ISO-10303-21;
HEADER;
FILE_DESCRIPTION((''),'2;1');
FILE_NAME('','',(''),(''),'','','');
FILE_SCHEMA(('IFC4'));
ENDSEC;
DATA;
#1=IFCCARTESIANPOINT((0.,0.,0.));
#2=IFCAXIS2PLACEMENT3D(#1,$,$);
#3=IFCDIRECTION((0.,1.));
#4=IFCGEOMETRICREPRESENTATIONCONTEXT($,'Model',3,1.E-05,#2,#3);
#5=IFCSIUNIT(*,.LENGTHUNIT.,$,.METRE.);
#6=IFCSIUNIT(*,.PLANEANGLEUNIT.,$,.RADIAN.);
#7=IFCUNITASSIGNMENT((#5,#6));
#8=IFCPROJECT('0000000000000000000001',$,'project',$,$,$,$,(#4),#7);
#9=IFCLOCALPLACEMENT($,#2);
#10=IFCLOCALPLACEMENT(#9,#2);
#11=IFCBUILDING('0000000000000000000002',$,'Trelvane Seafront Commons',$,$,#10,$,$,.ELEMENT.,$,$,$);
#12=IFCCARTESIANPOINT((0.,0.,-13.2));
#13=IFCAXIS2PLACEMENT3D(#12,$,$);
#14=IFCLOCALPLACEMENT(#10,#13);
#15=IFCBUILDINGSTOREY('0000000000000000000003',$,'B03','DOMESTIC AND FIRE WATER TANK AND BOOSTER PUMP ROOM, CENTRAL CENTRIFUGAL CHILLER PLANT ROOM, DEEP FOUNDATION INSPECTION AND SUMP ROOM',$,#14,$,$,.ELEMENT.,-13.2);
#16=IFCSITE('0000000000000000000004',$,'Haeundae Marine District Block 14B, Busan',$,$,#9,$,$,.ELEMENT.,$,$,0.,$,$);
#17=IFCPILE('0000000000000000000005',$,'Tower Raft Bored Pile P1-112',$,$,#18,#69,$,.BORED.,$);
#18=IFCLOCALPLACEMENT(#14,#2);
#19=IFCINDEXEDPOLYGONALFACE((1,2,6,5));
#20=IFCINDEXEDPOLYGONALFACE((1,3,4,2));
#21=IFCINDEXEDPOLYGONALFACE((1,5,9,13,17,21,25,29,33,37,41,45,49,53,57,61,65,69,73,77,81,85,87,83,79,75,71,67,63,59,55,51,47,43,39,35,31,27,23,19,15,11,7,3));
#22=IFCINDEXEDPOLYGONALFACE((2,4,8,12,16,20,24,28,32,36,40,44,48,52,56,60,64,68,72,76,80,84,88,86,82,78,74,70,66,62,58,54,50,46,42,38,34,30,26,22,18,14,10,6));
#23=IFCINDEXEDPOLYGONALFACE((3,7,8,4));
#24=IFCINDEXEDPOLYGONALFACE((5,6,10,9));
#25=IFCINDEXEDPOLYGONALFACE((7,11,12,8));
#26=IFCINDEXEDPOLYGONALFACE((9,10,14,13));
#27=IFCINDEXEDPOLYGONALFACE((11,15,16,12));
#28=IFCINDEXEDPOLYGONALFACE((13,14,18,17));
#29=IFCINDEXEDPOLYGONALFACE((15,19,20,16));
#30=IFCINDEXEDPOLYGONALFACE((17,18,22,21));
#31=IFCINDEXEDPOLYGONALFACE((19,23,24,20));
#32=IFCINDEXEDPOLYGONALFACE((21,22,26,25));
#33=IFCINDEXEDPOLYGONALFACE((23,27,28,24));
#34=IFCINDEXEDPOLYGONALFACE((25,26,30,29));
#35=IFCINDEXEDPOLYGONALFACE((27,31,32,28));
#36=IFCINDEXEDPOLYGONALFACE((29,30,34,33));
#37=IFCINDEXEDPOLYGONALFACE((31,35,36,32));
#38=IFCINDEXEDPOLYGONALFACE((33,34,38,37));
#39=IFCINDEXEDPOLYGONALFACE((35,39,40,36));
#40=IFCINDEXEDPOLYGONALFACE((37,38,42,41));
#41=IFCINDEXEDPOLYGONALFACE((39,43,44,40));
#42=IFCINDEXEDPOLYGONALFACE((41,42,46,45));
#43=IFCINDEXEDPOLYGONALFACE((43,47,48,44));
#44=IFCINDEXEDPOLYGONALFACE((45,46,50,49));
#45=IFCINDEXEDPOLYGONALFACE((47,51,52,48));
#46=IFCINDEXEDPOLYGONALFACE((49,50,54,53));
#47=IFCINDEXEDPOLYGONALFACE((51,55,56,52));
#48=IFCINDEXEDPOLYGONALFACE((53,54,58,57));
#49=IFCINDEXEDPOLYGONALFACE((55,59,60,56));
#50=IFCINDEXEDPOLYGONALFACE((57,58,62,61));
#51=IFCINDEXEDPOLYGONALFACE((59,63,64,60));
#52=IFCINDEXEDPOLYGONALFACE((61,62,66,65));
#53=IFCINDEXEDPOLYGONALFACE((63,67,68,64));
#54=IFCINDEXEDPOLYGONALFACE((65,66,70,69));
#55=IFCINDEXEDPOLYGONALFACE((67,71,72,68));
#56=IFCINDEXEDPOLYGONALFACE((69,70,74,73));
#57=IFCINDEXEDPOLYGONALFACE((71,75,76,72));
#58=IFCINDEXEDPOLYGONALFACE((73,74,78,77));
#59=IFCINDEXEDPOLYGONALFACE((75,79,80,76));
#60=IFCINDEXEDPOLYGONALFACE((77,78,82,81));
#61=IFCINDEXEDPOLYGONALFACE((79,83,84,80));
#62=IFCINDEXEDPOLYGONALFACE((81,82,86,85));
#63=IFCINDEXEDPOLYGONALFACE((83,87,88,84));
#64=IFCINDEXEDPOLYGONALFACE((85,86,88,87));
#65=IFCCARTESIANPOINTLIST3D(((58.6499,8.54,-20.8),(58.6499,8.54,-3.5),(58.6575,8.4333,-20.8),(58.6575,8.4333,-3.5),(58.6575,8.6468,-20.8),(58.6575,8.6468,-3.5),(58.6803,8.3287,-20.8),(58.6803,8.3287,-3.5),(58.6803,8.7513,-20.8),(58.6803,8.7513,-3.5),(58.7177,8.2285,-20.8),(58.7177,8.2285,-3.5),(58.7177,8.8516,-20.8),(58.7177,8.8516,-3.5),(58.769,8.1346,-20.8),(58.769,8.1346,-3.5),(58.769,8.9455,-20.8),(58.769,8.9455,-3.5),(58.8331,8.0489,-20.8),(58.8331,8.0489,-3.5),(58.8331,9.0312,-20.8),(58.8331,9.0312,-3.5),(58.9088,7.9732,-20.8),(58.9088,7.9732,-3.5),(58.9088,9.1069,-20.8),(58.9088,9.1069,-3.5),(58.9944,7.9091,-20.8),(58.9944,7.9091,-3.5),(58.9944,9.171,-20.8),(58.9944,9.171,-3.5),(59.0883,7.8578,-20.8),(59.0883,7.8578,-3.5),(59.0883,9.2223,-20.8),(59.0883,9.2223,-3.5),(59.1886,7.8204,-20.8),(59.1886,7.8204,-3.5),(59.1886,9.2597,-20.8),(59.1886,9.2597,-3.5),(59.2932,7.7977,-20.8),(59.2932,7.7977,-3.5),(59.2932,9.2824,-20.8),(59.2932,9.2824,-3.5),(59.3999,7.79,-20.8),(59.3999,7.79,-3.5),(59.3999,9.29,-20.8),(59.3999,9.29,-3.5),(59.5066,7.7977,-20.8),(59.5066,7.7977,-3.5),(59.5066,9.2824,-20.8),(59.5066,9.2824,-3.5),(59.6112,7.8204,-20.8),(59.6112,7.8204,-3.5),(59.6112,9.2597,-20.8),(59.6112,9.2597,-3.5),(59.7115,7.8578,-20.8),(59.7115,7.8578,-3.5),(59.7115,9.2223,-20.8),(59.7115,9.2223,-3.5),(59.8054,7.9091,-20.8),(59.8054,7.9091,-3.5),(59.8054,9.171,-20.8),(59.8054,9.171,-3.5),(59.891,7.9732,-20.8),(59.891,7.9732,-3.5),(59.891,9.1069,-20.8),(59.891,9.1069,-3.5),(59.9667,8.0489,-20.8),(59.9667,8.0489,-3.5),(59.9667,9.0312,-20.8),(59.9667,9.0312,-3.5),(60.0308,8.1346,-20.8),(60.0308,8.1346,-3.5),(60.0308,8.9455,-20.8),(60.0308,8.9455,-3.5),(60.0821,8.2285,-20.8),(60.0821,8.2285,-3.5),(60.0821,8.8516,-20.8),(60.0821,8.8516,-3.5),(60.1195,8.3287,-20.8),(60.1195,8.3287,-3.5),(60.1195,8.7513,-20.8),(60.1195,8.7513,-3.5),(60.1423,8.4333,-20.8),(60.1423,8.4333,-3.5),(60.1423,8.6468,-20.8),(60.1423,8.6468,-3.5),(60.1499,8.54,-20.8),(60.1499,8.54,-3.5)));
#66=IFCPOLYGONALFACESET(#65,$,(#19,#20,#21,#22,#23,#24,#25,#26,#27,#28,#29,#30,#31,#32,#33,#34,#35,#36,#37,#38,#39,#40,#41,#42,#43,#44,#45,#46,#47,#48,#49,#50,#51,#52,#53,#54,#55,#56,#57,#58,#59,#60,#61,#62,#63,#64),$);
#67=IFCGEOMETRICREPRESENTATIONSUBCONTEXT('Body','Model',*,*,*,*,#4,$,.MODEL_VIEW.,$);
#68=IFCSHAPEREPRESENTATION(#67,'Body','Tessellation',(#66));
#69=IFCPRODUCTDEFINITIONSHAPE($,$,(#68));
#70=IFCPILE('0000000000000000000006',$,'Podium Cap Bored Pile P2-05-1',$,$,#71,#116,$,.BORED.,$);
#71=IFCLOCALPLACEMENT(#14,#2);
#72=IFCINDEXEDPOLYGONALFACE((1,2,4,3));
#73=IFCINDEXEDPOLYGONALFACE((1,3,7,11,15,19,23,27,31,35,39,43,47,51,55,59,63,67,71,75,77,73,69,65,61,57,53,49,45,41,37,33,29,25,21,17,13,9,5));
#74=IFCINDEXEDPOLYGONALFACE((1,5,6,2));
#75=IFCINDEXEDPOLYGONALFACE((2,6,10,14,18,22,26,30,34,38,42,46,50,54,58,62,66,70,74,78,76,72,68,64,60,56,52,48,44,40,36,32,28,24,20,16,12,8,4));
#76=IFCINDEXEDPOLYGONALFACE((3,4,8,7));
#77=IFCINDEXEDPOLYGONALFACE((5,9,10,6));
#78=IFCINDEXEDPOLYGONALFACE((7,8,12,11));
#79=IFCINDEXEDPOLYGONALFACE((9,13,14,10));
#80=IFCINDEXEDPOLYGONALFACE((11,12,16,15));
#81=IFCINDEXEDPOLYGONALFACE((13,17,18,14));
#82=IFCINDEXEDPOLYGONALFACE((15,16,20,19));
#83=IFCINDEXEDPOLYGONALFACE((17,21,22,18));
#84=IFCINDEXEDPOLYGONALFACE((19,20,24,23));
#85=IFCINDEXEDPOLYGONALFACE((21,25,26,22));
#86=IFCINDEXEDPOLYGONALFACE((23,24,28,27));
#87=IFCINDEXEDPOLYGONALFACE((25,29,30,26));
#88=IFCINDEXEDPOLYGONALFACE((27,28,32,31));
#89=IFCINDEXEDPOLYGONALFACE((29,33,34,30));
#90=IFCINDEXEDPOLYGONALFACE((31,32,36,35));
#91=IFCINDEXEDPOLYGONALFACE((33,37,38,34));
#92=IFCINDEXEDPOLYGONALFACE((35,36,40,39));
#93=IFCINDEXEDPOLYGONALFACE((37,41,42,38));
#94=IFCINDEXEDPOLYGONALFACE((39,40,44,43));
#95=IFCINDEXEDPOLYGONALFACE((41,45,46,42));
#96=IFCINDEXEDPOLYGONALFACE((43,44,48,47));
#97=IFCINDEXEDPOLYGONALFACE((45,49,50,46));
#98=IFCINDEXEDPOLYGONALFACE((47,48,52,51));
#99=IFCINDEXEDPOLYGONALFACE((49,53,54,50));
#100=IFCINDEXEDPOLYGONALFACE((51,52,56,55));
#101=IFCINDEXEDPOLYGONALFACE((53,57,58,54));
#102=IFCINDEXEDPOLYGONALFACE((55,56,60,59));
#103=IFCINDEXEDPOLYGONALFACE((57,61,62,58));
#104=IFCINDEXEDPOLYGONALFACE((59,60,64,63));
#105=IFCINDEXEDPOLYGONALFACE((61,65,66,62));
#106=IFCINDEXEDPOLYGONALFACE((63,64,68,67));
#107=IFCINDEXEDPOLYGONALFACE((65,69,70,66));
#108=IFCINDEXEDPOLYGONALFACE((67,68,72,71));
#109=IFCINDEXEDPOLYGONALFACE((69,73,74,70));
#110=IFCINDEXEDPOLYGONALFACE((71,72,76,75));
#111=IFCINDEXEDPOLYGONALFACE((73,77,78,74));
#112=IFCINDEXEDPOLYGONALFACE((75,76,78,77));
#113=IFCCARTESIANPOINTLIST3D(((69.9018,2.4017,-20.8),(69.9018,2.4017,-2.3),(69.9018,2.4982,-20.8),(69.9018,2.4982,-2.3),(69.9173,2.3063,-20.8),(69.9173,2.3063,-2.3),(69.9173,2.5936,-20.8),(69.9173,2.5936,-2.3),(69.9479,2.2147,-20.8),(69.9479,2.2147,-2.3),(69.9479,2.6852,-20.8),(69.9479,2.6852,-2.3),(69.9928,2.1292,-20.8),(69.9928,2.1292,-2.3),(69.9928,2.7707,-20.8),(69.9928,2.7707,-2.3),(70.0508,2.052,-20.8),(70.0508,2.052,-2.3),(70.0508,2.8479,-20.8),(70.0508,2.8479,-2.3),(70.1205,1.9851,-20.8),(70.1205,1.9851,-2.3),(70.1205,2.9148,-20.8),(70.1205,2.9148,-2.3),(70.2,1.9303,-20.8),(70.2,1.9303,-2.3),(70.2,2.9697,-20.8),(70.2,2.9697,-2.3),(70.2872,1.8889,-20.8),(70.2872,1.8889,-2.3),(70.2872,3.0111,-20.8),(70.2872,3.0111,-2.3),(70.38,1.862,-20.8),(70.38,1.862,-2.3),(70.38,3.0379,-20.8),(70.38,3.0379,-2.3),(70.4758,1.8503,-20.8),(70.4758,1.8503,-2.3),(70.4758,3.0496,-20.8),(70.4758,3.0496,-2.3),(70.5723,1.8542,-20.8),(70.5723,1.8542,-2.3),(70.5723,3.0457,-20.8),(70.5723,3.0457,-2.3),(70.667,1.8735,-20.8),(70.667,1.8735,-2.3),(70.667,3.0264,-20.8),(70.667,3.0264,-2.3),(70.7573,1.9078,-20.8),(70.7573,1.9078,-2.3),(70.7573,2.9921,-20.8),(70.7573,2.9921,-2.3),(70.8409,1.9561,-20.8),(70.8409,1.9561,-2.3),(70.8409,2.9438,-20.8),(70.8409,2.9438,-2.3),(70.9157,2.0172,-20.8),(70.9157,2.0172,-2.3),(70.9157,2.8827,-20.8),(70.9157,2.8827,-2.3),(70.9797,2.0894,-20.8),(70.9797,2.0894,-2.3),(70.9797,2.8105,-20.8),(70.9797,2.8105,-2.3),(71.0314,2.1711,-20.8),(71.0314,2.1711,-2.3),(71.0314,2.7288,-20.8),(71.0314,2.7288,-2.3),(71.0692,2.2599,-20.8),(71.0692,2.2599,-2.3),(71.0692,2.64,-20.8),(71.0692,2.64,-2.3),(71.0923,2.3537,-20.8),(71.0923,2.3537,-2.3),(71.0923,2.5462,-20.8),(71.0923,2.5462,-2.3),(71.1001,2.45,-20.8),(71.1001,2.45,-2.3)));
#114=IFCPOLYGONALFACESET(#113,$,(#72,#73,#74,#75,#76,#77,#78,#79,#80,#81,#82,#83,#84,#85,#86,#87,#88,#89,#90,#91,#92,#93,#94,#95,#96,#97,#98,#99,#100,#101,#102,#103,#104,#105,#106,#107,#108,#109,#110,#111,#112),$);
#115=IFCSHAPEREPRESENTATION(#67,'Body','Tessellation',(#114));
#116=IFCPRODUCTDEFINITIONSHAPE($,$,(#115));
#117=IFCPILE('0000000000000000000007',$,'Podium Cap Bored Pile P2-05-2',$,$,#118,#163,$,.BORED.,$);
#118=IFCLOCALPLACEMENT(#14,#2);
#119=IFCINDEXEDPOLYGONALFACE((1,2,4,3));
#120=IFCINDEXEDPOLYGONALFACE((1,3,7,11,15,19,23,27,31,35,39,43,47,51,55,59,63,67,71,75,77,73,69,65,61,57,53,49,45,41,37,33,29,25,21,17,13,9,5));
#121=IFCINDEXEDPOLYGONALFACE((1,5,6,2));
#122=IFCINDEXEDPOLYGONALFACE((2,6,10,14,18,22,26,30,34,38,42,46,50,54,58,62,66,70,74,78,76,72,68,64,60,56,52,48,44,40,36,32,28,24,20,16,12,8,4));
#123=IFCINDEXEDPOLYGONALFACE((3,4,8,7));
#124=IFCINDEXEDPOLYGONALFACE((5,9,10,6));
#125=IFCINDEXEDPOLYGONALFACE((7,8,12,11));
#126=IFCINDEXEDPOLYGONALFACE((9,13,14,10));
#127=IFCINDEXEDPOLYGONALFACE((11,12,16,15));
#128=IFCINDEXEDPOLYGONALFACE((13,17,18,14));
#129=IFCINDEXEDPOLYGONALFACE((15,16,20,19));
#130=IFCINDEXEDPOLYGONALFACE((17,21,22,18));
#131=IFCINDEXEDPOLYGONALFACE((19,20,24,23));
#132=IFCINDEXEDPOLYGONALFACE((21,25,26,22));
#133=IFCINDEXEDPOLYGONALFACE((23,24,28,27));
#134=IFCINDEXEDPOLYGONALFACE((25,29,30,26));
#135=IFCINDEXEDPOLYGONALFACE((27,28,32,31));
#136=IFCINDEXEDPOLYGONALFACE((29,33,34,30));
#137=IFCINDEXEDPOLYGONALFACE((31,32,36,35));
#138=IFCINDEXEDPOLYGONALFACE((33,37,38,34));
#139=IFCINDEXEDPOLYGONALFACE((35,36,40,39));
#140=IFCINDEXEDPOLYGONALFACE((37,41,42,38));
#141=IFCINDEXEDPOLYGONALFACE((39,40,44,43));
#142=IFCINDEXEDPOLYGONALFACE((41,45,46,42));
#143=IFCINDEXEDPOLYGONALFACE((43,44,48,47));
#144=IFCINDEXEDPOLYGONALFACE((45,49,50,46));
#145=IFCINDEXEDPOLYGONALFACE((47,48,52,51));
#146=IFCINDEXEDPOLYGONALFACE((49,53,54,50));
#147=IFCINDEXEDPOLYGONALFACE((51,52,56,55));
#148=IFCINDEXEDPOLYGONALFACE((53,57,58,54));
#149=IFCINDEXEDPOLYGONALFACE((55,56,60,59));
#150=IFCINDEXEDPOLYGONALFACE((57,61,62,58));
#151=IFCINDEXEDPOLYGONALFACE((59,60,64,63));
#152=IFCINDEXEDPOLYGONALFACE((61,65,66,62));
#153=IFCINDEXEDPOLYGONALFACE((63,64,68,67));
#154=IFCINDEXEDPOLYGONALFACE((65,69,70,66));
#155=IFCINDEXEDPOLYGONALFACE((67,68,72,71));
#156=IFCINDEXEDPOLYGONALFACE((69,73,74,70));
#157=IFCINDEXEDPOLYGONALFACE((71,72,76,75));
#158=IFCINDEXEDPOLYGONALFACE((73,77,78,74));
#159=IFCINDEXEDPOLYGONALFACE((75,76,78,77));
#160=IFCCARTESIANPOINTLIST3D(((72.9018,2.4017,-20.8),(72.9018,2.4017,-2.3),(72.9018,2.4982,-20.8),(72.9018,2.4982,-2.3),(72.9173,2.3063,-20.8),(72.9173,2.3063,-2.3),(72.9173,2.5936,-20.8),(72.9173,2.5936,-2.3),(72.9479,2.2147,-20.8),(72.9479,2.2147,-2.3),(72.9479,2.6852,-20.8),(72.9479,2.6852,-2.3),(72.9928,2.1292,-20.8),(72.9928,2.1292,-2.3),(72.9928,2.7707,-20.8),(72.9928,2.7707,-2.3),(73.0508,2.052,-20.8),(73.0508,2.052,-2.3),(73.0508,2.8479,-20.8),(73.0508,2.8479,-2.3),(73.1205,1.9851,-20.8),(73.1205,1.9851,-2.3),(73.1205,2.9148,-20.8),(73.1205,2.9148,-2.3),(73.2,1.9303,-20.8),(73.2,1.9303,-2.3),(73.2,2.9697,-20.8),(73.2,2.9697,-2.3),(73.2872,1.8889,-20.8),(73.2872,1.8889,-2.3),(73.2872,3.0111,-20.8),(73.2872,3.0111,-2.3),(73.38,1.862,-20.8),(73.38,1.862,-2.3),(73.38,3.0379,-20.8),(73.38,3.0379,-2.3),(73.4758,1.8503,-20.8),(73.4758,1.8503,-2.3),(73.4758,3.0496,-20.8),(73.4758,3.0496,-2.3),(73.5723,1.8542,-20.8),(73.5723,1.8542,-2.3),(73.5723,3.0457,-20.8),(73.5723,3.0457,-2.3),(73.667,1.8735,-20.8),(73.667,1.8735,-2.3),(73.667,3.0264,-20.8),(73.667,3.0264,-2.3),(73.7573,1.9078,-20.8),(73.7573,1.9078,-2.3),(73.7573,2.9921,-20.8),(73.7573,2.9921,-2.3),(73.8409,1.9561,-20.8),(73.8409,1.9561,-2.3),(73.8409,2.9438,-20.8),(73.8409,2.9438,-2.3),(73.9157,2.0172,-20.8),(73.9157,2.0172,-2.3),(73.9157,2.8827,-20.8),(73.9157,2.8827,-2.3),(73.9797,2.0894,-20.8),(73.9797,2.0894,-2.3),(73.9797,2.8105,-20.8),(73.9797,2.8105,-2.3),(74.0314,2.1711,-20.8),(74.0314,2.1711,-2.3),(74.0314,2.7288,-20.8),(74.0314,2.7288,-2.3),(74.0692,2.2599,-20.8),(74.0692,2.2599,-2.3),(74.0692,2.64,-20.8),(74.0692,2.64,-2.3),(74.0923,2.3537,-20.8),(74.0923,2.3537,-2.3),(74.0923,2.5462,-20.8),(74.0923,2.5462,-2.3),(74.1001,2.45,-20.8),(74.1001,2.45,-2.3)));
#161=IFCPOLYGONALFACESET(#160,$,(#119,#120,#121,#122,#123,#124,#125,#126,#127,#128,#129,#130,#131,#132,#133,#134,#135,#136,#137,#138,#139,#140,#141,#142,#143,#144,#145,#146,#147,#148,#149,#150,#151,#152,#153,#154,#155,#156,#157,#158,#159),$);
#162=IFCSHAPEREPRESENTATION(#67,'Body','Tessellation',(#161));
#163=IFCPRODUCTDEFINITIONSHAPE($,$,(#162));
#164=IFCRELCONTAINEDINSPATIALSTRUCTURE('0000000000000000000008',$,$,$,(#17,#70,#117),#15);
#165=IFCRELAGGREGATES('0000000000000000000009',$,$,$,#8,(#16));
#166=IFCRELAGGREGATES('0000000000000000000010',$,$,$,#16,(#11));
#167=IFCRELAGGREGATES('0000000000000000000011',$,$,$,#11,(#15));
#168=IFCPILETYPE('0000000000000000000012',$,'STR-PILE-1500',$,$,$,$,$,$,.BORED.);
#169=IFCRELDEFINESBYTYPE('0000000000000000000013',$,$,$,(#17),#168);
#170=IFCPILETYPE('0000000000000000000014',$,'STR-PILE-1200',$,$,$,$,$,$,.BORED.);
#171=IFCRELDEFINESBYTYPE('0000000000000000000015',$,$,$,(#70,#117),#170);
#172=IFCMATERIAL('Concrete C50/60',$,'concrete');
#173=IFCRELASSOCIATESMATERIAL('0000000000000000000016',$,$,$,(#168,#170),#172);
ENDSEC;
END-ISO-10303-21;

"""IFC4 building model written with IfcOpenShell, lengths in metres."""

from ifc_helpers import new_model, si_unit, direction, frame, origin, origin_2d, place, context, subcontext, project, spatial, circle, extrude, source, transform, mapped, material, material_profile, profile_set, type_object, element, save


model = new_model("IFC4")

# Units and contexts
model_context = context("Model", 3, precision=1e-05, world=origin(), true_north=direction((0.0, 1.0)))
body_context = subcontext(model_context, "Body", "Model", "MODEL_VIEW")
ifc_project = project(units=[si_unit("LENGTHUNIT", "METRE"), si_unit("PLANEANGLEUNIT", "RADIAN")], contexts=[model_context])

# Site, building, storey
site_placement = place(None, origin())
site = spatial("IfcSite", under=ifc_project, at=site_placement, Name="Haeundae Marine District Block 14B, Busan", CompositionType="ELEMENT", RefElevation=0.0)
building_placement = place(site_placement, origin())
building = spatial("IfcBuilding", under=site, at=building_placement, Name="Trelvane Seafront Commons", CompositionType="ELEMENT")
storey_placement = place(building_placement, frame((0.0, 0.0, -13.2)))
storey = spatial("IfcBuildingStorey", under=building, at=storey_placement, Name="B03", Description="DOMESTIC AND FIRE WATER TANK AND BOOSTER PUMP ROOM, CENTRAL CENTRIFUGAL CHILLER PLANT ROOM, DEEP FOUNDATION INSPECTION AND SUMP ROOM", CompositionType="ELEMENT", Elevation=-13.2)

# Piles
ifc_material_1 = material(Name="Concrete C50/60", Category="concrete")
ifc_material_profile_1 = material_profile(ifc_material_1, circle(Radius=0.75, at=origin_2d()), Name="PILE-1500")
ifc_profile_set_1 = profile_set([ifc_material_profile_1], Name="Concrete C50/60")
pile_type_1 = type_object("IfcPileType", Name="STR-PILE-1500", PredefinedType="BORED", material=ifc_profile_set_1)
shared_shape_1 = source(origin(), body_context, "Body", "SweptSolid", [
    extrude(circle(Radius=0.75, at=origin_2d()), origin(), (0.0, 0.0, 1.0), 17.3),
])
for number, where, z_axis, x_axis, name in (
    (1, (59.3999, 8.54, -3.5), (0.0, 0.0, -1.0), (1.0, 0.0, 0.0), "Tower Raft Bored Pile P1-112"),
):
    element("IfcPile", number, at=place(storey_placement, frame(where, z_axis=z_axis, x_axis=x_axis)), inside=storey, type_object=pile_type_1, Name=name, PredefinedType="BORED", context=body_context, shape_type="MappedRepresentation", body=[
        mapped(shared_shape_1, transform((0.0, 0.0, 0.0), x_axis=(1.0, 0.0, 0.0), y_axis=(0.0, 1.0, 0.0), z_axis=(0.0, 0.0, 1.0), scale=1.0)),
    ])
ifc_material_profile_2 = material_profile(ifc_material_1, circle(Radius=0.6001, at=origin_2d()), Name="PILE-1200")
ifc_profile_set_2 = profile_set([ifc_material_profile_2], Name="Concrete C50/60")
pile_type_2 = type_object("IfcPileType", Name="STR-PILE-1200", PredefinedType="BORED", material=ifc_profile_set_2)
shared_shape_2 = source(origin(), body_context, "Body", "SweptSolid", [
    extrude(circle(Radius=0.6001, at=origin_2d()), origin(), (0.0, 0.0, 1.0), 18.5),
])
for number, where, z_axis, x_axis, name in (
    (2, (70.5, 2.45, -2.3), (0.0, 0.0, -1.0), (1.0, 0.0, 0.0), "Podium Cap Bored Pile P2-05-1"),
    (3, (73.5, 2.45, -2.3), (0.0, 0.0, -1.0), (1.0, 0.0, 0.0), "Podium Cap Bored Pile P2-05-2"),
):
    element("IfcPile", number, at=place(storey_placement, frame(where, z_axis=z_axis, x_axis=x_axis)), inside=storey, type_object=pile_type_2, Name=name, PredefinedType="BORED", context=body_context, shape_type="MappedRepresentation", body=[
        mapped(shared_shape_2, transform((0.0, 0.0, 0.0), x_axis=(1.0, 0.0, 0.0), y_axis=(0.0, 1.0, 0.0), z_axis=(0.0, 0.0, 1.0), scale=1.0)),
    ])

save(model, "model.ifc")
